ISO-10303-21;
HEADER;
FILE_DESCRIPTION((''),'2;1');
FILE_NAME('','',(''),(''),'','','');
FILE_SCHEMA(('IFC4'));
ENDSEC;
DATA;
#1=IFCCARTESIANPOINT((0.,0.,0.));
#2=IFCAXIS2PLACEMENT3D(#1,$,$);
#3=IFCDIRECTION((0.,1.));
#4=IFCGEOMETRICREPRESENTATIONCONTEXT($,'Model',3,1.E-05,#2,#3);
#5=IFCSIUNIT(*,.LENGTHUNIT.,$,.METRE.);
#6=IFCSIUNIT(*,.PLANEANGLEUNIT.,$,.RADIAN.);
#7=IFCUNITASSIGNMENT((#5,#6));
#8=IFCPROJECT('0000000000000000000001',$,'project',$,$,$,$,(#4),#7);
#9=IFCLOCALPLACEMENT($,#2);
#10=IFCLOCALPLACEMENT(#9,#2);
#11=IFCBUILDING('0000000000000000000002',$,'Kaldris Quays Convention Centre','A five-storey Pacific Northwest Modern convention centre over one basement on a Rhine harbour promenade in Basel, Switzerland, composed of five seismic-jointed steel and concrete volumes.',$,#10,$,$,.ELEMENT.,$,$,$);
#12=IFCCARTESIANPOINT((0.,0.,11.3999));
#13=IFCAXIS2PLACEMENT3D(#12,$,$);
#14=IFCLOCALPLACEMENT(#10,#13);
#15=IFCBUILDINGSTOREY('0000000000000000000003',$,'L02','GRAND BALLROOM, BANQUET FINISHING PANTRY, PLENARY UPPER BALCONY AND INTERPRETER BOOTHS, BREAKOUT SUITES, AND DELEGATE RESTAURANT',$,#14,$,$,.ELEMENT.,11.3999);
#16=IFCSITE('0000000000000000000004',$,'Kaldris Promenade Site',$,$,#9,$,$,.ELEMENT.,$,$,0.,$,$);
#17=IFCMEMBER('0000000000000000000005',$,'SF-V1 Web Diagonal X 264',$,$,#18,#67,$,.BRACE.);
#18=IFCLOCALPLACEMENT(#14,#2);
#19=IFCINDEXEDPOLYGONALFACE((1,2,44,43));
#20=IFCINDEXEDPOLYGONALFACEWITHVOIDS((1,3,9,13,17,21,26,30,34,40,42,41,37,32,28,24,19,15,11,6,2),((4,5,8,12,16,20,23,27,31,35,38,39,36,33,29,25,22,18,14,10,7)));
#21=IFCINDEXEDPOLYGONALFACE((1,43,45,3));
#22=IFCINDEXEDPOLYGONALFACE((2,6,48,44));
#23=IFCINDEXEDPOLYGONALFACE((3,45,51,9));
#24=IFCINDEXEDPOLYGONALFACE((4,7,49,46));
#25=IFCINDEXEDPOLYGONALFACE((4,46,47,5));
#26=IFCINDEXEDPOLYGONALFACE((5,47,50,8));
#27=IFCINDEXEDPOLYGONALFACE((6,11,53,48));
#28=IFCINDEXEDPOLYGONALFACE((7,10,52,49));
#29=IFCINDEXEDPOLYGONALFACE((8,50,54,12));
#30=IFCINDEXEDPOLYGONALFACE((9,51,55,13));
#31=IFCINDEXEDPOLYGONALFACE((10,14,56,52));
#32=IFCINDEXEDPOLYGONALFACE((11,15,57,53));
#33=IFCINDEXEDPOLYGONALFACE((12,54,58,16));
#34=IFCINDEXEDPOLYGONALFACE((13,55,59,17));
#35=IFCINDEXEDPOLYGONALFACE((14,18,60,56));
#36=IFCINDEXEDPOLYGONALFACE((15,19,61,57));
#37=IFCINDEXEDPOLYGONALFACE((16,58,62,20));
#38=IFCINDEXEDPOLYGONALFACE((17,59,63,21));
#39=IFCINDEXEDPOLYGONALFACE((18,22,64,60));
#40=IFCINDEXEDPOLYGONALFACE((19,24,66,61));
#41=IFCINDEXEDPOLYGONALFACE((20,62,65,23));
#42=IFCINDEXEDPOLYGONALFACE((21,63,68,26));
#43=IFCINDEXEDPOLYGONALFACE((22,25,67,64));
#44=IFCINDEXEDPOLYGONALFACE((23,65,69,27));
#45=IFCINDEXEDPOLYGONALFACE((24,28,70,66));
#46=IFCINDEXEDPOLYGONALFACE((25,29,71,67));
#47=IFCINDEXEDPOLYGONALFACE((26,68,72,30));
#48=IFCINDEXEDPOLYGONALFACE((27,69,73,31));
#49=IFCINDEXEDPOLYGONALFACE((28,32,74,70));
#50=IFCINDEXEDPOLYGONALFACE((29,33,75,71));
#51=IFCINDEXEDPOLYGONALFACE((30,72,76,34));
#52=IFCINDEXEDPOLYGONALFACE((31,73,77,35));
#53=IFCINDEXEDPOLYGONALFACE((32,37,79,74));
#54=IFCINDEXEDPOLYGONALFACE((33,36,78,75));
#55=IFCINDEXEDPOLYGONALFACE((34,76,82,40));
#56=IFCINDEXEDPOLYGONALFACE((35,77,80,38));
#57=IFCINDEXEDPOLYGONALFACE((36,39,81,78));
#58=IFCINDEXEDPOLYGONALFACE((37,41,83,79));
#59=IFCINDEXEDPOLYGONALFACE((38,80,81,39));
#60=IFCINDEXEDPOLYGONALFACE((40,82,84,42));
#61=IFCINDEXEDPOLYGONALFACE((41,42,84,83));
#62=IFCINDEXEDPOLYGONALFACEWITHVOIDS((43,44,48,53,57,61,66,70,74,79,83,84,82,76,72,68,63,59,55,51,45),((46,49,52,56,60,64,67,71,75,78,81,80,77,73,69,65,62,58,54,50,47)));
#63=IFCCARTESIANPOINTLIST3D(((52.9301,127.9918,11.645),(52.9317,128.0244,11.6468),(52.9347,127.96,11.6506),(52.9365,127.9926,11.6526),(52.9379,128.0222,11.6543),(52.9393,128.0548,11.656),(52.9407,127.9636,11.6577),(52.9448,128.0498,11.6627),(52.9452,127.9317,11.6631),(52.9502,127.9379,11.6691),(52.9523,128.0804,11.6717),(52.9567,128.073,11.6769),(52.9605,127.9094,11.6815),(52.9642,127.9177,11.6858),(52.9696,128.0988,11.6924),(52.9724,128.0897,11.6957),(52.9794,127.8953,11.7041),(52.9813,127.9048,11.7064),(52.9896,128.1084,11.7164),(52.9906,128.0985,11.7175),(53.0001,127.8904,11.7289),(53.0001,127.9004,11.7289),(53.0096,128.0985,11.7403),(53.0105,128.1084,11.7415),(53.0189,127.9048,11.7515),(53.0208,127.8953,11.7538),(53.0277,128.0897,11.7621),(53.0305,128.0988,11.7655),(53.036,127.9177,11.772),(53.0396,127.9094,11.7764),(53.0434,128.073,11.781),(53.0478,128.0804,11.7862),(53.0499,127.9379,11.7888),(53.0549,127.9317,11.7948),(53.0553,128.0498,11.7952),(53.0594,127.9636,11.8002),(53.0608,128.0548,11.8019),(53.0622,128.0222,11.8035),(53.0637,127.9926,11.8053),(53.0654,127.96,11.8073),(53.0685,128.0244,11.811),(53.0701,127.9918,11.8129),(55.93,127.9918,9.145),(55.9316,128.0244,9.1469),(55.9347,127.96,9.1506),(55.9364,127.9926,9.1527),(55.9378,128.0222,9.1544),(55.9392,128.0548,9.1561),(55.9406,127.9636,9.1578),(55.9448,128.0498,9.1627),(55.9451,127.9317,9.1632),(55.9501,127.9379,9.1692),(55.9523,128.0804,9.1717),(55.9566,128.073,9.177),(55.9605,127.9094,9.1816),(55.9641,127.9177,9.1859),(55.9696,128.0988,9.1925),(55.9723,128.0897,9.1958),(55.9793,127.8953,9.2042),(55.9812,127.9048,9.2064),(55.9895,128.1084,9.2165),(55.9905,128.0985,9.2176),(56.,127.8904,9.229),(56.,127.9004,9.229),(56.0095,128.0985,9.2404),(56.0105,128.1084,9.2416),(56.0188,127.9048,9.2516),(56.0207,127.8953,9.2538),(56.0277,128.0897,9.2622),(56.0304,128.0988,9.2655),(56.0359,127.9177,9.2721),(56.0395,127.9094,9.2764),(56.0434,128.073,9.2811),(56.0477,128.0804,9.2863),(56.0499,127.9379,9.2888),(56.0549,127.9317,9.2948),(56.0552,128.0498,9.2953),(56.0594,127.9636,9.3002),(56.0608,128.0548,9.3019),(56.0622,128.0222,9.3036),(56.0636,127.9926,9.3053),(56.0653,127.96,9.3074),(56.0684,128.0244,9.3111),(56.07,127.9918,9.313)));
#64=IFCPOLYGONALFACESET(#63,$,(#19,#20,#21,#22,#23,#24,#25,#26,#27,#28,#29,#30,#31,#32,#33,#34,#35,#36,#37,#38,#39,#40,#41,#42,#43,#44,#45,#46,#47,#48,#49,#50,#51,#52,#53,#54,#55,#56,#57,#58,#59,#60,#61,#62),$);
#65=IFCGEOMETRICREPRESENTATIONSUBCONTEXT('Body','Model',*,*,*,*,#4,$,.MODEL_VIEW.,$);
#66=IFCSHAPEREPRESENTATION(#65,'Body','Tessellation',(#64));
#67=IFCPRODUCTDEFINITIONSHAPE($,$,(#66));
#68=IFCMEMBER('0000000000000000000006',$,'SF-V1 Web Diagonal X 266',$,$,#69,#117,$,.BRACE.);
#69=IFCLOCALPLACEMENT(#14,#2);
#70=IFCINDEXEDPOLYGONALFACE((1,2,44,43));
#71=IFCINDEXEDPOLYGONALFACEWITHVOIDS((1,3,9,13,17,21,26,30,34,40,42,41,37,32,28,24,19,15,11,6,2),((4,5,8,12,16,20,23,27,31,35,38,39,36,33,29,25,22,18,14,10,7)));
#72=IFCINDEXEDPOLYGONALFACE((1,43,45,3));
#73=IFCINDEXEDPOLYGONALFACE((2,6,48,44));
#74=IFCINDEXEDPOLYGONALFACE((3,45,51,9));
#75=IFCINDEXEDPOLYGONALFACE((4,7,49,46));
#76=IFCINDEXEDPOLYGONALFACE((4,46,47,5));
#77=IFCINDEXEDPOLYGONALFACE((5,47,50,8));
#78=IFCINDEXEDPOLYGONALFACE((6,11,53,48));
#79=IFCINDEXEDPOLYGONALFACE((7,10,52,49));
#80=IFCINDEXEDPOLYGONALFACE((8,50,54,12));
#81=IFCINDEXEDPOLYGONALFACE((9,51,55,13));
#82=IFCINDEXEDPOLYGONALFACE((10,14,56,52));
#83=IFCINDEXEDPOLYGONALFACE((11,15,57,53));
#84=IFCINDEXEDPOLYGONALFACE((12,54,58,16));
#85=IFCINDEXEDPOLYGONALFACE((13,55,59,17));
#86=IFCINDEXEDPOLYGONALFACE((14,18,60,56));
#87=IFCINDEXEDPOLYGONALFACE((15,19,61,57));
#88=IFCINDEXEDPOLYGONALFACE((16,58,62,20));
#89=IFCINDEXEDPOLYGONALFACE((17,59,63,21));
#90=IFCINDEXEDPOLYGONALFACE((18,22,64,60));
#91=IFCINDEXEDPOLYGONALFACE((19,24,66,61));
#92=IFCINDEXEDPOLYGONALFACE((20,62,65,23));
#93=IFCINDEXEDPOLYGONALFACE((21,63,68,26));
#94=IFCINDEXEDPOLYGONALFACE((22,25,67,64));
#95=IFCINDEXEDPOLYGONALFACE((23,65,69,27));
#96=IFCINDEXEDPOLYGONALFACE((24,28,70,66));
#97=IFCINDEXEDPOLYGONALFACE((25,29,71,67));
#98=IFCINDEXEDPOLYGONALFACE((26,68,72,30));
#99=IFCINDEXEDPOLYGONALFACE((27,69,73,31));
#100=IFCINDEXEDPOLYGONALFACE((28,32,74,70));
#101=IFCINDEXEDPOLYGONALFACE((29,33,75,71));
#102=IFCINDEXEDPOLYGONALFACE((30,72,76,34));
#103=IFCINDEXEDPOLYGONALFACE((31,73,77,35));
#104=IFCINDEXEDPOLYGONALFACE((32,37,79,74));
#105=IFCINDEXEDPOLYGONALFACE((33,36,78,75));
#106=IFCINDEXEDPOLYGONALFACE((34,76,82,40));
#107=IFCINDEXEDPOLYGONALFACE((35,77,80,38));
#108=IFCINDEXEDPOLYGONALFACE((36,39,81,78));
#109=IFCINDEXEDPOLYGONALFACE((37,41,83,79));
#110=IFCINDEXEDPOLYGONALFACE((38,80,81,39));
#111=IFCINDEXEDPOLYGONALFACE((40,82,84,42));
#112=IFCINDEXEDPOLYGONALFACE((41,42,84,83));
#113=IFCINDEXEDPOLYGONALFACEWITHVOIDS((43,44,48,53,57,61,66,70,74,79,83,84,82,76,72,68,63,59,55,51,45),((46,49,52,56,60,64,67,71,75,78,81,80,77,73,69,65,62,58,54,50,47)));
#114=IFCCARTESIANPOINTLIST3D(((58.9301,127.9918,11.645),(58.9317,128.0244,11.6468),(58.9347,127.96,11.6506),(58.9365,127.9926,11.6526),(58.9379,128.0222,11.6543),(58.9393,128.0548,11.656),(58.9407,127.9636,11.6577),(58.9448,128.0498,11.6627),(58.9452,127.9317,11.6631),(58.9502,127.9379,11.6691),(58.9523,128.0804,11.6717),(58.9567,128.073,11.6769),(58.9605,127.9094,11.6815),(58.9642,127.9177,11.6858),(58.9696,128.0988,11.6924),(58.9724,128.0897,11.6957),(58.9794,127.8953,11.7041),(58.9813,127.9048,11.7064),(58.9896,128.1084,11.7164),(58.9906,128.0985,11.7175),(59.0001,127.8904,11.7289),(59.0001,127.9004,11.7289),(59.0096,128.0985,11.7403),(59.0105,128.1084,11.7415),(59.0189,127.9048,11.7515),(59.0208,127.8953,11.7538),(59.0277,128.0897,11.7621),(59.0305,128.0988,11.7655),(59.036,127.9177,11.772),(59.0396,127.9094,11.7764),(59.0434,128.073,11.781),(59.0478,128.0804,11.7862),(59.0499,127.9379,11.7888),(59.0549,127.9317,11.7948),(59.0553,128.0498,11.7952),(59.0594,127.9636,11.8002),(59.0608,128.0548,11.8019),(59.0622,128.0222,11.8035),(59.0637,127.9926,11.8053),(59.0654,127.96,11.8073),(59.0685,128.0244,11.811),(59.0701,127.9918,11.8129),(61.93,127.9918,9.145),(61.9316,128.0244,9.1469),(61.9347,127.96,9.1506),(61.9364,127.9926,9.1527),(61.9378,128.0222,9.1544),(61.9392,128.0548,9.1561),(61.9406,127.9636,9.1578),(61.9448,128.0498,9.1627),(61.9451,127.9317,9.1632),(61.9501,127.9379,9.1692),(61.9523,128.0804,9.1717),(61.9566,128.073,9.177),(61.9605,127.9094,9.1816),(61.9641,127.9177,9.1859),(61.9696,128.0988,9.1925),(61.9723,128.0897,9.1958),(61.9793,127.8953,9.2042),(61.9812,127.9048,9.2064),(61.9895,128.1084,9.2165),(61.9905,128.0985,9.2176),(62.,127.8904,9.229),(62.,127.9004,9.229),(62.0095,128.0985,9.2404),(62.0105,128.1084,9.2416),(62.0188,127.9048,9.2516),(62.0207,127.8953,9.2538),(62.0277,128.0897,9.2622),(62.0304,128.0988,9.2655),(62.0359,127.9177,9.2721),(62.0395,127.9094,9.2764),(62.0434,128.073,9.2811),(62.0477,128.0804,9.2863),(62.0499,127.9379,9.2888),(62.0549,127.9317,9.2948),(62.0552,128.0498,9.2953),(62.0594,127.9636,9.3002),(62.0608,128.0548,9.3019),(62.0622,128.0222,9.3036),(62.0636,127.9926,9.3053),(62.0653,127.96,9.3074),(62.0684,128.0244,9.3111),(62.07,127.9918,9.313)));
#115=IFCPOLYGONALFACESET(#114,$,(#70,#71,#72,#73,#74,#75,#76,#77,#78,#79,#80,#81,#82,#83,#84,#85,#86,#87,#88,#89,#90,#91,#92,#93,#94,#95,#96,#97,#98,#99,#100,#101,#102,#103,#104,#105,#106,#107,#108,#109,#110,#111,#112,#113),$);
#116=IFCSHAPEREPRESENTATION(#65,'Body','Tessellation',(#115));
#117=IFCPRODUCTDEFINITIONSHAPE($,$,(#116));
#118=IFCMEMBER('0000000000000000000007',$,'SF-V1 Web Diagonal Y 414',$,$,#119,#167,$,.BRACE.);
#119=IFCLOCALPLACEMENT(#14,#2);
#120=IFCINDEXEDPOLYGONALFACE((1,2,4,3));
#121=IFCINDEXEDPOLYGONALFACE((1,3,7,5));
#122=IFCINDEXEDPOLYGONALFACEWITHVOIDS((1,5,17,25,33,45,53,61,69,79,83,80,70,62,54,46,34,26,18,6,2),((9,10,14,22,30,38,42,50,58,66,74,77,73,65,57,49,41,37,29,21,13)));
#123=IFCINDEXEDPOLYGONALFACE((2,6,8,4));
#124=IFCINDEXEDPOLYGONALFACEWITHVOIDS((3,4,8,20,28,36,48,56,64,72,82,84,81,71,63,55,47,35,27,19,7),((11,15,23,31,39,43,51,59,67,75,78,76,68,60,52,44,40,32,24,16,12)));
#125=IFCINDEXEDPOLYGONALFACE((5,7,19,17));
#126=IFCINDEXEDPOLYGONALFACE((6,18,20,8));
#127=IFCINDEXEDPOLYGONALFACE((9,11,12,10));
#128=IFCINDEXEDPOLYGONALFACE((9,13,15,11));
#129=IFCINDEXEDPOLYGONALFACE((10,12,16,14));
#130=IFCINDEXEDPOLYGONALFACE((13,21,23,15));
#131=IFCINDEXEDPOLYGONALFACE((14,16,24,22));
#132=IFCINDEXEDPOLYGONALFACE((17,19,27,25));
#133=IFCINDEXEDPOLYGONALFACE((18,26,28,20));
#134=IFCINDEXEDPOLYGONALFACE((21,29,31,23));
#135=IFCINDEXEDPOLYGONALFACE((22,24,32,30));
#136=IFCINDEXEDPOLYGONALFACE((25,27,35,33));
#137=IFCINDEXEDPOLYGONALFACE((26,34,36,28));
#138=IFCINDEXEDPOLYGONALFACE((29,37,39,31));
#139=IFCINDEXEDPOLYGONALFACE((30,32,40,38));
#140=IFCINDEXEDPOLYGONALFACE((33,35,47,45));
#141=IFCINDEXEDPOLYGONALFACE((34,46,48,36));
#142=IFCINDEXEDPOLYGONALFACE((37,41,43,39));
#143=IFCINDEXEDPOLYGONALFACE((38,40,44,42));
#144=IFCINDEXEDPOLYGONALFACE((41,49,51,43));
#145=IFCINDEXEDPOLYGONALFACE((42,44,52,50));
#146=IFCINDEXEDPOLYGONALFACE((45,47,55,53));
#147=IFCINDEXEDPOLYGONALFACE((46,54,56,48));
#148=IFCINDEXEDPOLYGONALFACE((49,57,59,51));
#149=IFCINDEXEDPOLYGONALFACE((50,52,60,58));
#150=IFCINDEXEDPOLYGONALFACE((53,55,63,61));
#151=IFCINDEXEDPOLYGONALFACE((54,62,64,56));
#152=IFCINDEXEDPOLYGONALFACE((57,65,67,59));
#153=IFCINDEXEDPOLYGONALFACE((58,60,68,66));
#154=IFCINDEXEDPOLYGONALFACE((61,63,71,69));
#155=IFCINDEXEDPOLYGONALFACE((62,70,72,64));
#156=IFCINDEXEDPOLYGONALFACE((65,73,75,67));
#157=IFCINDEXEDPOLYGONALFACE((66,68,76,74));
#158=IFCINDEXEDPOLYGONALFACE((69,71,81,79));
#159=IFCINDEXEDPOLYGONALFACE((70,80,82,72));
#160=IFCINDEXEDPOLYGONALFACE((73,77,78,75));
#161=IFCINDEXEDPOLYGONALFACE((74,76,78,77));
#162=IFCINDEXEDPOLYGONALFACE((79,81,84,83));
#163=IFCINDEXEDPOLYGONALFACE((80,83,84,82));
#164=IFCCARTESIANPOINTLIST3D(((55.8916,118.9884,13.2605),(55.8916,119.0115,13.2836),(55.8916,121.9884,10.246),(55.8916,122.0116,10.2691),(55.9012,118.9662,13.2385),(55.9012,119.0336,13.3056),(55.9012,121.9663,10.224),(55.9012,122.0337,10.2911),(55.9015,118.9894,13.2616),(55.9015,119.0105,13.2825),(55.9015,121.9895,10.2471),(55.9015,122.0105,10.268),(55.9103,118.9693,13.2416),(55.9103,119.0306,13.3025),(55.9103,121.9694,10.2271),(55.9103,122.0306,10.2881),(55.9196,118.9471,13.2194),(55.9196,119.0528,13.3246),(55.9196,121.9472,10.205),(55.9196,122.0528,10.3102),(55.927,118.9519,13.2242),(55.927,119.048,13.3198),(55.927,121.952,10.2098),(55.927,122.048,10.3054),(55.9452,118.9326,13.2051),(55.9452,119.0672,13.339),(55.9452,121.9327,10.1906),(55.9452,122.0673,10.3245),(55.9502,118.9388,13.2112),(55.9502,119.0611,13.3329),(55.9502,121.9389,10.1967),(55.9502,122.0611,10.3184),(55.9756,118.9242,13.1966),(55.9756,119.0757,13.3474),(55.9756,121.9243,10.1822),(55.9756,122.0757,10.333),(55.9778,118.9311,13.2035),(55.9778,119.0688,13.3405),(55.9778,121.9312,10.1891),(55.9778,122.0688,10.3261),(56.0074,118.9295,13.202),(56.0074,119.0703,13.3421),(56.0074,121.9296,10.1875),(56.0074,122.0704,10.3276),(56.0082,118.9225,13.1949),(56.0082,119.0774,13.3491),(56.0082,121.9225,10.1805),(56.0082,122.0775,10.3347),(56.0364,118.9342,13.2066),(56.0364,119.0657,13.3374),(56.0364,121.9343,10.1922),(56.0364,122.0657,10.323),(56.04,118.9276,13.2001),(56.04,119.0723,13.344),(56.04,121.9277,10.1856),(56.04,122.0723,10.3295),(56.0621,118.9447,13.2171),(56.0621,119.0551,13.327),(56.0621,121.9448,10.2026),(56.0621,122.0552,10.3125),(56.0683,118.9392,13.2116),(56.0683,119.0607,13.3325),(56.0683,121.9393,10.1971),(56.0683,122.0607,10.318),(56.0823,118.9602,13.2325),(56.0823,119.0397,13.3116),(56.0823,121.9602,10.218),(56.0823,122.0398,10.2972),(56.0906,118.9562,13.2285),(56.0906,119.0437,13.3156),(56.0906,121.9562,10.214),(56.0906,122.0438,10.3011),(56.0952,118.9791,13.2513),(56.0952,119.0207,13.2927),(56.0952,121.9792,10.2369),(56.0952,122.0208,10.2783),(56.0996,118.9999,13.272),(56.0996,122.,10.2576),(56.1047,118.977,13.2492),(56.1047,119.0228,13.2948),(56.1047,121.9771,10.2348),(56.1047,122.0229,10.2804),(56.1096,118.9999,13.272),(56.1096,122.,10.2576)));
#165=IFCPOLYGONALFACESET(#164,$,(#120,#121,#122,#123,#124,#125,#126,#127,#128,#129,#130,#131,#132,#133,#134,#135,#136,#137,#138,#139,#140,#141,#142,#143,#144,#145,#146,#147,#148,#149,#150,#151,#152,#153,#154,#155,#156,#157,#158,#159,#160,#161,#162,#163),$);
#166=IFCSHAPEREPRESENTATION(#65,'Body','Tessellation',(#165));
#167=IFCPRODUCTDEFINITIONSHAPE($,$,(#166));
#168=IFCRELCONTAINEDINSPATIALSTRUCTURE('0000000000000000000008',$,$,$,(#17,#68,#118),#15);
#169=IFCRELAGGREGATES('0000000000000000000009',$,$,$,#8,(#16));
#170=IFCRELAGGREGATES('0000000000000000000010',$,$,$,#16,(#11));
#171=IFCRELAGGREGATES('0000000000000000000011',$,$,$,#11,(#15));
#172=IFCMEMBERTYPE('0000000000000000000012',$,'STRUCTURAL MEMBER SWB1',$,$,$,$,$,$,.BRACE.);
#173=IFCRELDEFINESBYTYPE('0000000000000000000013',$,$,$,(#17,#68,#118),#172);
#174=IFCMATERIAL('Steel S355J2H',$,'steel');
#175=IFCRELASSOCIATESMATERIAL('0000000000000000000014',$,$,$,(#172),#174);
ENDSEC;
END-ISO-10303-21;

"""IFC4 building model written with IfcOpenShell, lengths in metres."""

from ifc_helpers import new_model, si_unit, direction, frame, origin, origin_2d, place, context, subcontext, project, spatial, hollow_circle, extrude, material, material_profile, profile_set, type_object, element, save


model = new_model("IFC4")

# Units and contexts
model_context = context("Model", 3, precision=1e-05, world=origin(), true_north=direction((0.0, 1.0)))
body_context = subcontext(model_context, "Body", "Model", "MODEL_VIEW")
ifc_project = project(units=[si_unit("LENGTHUNIT", "METRE"), si_unit("PLANEANGLEUNIT", "RADIAN")], contexts=[model_context])

# Site, building, storey
site_placement = place(None, origin())
site = spatial("IfcSite", under=ifc_project, at=site_placement, Name="Kaldris Promenade Site", CompositionType="ELEMENT", RefElevation=0.0)
building_placement = place(site_placement, origin())
building = spatial("IfcBuilding", under=site, at=building_placement, Name="Kaldris Quays Convention Centre", Description="A five-storey Pacific Northwest Modern convention centre over one basement on a Rhine harbour promenade in Basel, Switzerland, composed of five seismic-jointed steel and concrete volumes.", CompositionType="ELEMENT")
storey_placement = place(building_placement, frame((0.0, 0.0, 11.3999)))
storey = spatial("IfcBuildingStorey", under=building, at=storey_placement, Name="L02", Description="GRAND BALLROOM, BANQUET FINISHING PANTRY, PLENARY UPPER BALCONY AND INTERPRETER BOOTHS, BREAKOUT SUITES, AND DELEGATE RESTAURANT", CompositionType="ELEMENT", Elevation=11.3999)

# Members
ifc_material_1 = material(Name="Steel S355J2H", Category="steel")
ifc_material_profile_1 = material_profile(ifc_material_1, hollow_circle(Radius=0.1096, WallThickness=0.01, at=origin_2d()), Name="CHS 219.1x10")
ifc_profile_set_1 = profile_set([ifc_material_profile_1], Name="Steel S355J2H")
member_type_1 = type_object("IfcMemberType", Name="STRUCTURAL MEMBER SWB1", PredefinedType="BRACE", material=ifc_profile_set_1)
for number, where, z_axis, x_axis, name in (
    (1, (56.0, 128.0, 9.229), (-0.768221, 0.0, 0.640184), (0.0, -1.0, 0.0), "SF-V1 Web Diagonal X 264"),
    (2, (62.0, 128.0, 9.229), (-0.768221, 0.0, 0.640184), (0.0, -1.0, 0.0), "SF-V1 Web Diagonal X 266"),
):
    element("IfcMember", number, at=place(storey_placement, frame(where, z_axis=z_axis, x_axis=x_axis)), inside=storey, type_object=member_type_1, Name=name, PredefinedType="BRACE", context=body_context, shape_type="SweptSolid", body=[
        extrude(hollow_circle(Radius=0.1096, WallThickness=0.01, at=origin_2d()), origin(), (0.0, 0.0, 1.0), 3.905),
    ])
member_1_placement = place(storey_placement, frame((56.0, 122.0, 10.2576), z_axis=(0.0, -0.705411, 0.708798), x_axis=(1.0, 0.0, 0.0)))
element("IfcMember", 3, at=member_1_placement, inside=storey, type_object=member_type_1, Name="SF-V1 Web Diagonal Y 414", PredefinedType="BRACE", context=body_context, shape_type="SweptSolid", body=[
    extrude(hollow_circle(Radius=0.1096, WallThickness=0.01, at=origin_2d()), origin(), (0.0, 0.0, 1.0), 4.2529),
])

save(model, "model.ifc")
